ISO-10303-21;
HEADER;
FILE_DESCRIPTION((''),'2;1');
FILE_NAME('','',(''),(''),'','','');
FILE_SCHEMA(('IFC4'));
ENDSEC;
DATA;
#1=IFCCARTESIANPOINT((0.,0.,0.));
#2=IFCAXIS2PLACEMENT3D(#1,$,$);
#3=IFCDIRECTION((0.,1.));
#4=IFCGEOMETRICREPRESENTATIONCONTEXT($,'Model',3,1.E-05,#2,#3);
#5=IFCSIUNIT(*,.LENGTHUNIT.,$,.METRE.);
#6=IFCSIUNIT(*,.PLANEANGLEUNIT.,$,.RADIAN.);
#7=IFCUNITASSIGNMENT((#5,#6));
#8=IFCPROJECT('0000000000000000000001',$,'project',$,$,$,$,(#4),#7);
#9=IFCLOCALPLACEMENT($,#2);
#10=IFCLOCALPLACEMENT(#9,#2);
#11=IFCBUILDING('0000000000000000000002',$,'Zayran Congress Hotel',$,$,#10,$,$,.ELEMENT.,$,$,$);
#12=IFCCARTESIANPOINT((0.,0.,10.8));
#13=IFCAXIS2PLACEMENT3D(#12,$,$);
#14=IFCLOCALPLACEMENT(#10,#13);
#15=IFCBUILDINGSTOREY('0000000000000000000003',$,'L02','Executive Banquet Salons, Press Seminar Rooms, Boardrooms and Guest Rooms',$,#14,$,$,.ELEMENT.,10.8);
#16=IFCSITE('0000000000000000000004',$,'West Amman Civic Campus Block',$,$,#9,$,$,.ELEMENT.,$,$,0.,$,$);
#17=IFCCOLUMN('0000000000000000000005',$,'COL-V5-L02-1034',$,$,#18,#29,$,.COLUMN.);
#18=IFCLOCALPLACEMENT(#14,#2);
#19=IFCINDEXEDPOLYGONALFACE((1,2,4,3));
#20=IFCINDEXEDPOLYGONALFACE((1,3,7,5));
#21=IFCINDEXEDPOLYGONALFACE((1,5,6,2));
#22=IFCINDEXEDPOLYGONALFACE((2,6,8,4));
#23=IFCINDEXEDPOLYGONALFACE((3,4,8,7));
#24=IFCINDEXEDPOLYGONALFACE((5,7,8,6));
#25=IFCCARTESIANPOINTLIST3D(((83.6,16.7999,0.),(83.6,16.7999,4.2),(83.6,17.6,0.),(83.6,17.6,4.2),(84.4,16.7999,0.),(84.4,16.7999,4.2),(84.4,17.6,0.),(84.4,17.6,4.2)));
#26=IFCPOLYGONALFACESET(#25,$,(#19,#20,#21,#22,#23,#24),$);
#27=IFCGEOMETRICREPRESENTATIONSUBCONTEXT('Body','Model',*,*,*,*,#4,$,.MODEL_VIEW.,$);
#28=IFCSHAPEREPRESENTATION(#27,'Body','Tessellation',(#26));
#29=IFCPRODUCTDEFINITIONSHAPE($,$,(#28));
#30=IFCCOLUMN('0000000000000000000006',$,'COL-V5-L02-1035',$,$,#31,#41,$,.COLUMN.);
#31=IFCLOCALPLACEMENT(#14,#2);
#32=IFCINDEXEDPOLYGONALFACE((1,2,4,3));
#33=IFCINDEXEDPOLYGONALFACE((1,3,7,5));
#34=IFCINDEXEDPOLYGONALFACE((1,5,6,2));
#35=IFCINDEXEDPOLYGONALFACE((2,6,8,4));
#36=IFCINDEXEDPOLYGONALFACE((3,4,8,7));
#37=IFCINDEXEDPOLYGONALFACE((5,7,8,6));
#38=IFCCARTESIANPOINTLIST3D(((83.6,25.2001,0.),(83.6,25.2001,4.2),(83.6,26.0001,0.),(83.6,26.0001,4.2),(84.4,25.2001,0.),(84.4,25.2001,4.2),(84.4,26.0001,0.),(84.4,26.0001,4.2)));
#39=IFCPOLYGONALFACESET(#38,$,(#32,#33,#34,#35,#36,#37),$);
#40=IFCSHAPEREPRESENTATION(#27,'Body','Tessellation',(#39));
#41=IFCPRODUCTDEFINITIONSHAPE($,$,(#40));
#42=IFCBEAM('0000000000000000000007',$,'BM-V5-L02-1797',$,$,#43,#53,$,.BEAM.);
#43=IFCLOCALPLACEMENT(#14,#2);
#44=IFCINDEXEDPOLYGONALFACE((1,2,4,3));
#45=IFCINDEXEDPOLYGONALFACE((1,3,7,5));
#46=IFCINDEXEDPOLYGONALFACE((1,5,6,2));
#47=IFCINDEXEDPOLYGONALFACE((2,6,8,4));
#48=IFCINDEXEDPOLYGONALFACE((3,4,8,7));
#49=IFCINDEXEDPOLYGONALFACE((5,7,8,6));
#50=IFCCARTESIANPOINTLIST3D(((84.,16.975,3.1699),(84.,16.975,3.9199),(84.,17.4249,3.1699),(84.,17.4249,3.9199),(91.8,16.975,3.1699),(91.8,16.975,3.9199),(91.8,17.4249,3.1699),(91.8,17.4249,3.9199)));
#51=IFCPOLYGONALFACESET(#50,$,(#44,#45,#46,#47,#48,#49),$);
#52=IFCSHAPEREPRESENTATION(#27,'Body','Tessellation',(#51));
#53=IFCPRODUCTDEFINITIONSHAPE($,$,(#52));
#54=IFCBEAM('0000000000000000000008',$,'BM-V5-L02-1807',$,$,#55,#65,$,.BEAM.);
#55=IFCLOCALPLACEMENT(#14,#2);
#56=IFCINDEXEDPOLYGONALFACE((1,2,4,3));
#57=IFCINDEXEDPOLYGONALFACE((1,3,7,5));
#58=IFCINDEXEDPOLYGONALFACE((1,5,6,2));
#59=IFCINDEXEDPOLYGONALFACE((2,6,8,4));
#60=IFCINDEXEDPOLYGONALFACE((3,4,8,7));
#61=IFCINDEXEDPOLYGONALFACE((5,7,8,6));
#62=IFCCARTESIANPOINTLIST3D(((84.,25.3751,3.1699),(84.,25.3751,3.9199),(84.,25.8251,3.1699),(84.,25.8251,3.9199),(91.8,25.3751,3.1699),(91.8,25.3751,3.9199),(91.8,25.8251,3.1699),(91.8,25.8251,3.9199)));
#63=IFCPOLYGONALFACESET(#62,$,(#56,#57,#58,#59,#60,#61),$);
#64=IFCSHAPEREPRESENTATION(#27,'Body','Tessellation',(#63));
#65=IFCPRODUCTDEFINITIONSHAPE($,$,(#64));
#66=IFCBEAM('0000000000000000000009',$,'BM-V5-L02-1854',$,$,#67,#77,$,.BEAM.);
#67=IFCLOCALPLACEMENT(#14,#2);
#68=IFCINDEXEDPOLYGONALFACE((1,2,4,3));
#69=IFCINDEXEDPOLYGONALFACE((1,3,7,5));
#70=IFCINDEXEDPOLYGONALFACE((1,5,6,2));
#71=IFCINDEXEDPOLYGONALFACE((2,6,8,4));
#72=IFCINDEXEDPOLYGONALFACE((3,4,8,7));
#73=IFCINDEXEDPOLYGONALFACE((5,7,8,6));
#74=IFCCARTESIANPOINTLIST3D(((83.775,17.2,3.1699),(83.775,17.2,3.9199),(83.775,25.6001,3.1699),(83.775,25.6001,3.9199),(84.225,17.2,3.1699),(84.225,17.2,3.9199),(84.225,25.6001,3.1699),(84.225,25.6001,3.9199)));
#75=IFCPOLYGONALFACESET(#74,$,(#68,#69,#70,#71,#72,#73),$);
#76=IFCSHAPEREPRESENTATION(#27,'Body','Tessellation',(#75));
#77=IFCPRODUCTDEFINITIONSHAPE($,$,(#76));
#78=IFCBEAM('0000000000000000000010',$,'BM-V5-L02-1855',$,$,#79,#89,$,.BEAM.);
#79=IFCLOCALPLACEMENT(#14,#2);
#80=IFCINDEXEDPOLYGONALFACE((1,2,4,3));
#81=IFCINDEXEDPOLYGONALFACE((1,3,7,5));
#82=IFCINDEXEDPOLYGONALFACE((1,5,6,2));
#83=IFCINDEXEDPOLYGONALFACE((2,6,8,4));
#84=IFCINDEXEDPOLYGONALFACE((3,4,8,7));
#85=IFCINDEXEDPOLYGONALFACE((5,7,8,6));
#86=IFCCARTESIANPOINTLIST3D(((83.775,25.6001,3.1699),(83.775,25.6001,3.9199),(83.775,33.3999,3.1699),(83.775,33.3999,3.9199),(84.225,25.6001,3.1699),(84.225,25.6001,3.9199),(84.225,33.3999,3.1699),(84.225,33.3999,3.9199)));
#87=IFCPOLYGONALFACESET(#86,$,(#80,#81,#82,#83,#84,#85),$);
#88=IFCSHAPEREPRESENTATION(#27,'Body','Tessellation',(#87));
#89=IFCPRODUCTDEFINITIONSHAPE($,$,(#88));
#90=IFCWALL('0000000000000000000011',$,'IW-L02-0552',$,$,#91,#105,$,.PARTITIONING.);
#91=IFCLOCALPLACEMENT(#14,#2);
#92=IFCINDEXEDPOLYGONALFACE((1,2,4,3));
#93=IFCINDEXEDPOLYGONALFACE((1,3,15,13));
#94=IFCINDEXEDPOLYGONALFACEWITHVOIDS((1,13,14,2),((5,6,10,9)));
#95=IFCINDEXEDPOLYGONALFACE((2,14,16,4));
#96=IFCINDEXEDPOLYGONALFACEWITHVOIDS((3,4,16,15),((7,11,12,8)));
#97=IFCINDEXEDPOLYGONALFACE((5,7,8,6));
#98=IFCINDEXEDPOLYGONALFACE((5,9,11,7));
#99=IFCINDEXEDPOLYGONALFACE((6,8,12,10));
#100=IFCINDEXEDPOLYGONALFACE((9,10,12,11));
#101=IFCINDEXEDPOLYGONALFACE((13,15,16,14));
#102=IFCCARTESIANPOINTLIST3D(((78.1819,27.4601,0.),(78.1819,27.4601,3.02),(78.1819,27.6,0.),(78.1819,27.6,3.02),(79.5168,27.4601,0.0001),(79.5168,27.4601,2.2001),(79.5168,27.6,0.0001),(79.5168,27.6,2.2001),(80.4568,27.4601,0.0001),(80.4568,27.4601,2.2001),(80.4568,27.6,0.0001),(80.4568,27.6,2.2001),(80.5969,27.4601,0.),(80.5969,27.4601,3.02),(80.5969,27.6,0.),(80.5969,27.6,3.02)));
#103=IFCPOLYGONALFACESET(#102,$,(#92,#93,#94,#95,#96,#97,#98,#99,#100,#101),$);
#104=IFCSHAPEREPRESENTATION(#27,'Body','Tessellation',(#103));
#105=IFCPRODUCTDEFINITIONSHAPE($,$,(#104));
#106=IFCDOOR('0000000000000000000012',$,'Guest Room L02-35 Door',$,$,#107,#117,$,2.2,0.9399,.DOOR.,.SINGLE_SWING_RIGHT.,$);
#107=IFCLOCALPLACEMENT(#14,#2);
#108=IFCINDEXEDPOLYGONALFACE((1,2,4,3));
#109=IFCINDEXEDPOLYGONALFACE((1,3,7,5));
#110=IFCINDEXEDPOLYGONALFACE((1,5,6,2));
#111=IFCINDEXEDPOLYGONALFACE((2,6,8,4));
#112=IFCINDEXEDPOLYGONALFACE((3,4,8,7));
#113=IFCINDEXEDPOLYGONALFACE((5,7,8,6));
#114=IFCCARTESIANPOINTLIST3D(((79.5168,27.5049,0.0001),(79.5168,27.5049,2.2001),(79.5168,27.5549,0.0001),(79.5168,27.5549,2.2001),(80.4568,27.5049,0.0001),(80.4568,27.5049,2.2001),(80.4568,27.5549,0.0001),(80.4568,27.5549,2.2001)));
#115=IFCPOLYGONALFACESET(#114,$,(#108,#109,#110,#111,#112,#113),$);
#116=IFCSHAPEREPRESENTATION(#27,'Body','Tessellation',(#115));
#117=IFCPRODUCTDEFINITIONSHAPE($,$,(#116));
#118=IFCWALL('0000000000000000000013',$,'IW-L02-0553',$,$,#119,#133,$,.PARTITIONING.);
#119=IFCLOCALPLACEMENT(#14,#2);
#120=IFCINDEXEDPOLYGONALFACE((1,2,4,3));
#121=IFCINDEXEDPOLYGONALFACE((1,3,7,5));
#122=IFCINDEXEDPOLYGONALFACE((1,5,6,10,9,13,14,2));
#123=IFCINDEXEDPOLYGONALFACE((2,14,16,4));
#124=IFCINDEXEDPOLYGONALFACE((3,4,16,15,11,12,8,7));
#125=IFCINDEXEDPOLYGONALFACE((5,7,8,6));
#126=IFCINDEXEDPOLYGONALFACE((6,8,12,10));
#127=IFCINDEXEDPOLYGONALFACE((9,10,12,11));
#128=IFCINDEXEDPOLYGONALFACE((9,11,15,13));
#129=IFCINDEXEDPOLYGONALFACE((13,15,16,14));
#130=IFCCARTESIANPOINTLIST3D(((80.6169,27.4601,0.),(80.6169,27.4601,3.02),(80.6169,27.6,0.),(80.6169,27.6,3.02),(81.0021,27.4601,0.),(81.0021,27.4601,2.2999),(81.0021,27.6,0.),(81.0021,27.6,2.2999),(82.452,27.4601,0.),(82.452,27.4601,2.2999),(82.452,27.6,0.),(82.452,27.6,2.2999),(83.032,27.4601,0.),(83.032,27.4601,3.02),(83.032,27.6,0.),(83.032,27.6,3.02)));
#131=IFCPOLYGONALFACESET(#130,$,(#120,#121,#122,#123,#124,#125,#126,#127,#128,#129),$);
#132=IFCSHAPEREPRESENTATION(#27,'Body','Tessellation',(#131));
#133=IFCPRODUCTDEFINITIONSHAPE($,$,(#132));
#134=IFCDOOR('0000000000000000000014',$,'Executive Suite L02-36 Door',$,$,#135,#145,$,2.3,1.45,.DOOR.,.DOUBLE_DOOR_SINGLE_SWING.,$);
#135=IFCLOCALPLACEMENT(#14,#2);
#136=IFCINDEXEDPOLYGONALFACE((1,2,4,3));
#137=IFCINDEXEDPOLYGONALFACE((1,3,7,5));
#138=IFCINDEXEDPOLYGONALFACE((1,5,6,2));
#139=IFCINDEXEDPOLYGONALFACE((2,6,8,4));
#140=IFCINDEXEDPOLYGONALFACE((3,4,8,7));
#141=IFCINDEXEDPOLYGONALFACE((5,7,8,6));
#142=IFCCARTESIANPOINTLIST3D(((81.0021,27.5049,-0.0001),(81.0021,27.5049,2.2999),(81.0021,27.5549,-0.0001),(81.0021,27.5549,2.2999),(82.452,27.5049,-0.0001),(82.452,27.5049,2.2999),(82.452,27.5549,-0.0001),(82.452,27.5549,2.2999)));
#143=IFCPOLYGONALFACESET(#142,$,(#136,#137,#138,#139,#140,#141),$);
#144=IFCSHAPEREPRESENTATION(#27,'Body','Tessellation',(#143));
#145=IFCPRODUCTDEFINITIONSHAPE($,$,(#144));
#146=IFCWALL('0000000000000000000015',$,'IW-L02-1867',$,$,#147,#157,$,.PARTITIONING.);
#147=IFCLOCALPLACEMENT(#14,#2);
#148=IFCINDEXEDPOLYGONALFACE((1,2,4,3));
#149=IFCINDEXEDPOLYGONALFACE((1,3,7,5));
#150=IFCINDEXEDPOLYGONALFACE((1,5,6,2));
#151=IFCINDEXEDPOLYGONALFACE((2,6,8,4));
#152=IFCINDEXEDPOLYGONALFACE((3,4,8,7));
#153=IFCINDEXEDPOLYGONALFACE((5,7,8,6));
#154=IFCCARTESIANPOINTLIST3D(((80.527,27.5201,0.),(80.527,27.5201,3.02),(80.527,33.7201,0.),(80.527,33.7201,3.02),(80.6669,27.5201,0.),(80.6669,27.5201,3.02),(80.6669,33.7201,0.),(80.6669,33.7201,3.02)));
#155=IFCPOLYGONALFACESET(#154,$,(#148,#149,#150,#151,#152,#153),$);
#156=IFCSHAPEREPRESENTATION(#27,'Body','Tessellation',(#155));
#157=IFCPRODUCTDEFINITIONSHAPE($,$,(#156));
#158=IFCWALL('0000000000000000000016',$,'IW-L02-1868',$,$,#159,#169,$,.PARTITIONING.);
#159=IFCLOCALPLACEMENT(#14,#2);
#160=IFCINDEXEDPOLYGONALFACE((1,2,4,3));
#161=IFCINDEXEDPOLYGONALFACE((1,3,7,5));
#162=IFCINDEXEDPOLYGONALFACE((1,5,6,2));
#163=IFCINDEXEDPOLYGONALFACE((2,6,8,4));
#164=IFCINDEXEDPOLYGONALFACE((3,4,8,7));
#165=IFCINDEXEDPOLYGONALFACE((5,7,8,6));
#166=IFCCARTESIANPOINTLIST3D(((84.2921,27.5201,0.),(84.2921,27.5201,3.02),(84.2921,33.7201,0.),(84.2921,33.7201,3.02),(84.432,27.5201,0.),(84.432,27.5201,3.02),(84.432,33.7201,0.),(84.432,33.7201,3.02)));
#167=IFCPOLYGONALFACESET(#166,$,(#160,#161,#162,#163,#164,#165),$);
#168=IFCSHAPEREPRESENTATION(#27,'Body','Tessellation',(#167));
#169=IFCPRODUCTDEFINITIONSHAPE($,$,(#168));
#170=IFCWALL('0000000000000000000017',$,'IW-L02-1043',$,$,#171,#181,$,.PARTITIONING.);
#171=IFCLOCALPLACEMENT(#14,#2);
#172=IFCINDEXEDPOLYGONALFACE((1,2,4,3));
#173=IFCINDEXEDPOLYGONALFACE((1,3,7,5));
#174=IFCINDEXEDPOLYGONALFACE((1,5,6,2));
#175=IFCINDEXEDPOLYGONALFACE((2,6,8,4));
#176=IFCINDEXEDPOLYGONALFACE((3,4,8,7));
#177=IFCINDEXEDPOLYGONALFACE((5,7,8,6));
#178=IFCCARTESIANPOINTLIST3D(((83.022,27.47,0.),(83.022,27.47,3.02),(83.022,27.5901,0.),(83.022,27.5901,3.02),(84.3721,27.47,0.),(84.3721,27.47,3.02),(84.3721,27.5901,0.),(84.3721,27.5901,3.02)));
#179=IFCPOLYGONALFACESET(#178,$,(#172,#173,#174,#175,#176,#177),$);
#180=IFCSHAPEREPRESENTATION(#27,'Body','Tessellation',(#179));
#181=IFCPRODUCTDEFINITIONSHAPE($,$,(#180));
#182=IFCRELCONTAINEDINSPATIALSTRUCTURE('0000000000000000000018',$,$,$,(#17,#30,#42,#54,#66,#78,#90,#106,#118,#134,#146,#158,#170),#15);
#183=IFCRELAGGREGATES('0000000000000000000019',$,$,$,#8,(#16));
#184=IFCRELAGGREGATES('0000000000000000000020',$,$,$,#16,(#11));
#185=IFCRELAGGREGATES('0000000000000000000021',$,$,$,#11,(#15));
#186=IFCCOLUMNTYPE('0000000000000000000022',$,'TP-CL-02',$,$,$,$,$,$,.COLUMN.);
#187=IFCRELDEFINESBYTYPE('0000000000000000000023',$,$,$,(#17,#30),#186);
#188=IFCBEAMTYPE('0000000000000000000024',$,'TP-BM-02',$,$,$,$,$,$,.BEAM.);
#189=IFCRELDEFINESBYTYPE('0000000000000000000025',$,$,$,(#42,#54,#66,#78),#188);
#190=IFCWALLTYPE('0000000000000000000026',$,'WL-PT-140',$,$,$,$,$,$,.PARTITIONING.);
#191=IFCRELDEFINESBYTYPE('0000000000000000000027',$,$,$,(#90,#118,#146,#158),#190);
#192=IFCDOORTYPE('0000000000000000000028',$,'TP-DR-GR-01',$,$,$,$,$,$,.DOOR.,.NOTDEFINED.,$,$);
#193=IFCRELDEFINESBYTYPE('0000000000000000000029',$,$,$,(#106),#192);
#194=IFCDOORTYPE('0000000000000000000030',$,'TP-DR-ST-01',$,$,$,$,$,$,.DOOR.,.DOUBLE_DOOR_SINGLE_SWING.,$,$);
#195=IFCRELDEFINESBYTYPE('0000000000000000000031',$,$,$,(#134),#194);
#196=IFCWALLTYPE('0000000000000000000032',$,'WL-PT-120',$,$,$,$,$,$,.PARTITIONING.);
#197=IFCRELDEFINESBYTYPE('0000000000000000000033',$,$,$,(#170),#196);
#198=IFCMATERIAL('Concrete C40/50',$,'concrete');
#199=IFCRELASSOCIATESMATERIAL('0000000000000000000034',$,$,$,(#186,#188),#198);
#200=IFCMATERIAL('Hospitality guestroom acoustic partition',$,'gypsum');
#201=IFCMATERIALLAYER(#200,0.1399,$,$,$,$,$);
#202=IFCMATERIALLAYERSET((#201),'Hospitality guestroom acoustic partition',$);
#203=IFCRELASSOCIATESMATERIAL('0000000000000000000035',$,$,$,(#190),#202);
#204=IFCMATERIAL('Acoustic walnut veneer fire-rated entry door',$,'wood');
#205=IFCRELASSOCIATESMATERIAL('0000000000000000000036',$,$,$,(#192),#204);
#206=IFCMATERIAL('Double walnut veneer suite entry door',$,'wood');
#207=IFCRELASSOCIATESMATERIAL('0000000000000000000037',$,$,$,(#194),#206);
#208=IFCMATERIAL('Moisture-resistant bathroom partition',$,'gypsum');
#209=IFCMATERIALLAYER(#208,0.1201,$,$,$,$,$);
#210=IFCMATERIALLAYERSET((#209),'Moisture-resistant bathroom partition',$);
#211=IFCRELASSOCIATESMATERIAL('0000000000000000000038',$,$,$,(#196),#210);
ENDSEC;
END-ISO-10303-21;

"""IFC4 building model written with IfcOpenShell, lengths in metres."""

from ifc_helpers import new_model, si_unit, direction, frame, frame_2d, origin, origin_2d, place, context, subcontext, project, spatial, rectangle, extrude, material, layer, layer_set, material_profile, profile_set, type_object, element, fill, save


model = new_model("IFC4")

# Units and contexts
model_context = context("Model", 3, precision=1e-05, world=origin(), true_north=direction((0.0, 1.0)))
body_context = subcontext(model_context, "Body", "Model", "MODEL_VIEW")
ifc_project = project(units=[si_unit("LENGTHUNIT", "METRE"), si_unit("PLANEANGLEUNIT", "RADIAN")], contexts=[model_context])

# Site, building, storey
site_placement = place(None, origin())
site = spatial("IfcSite", under=ifc_project, at=site_placement, Name="West Amman Civic Campus Block", CompositionType="ELEMENT", RefElevation=0.0)
building_placement = place(site_placement, origin())
building = spatial("IfcBuilding", under=site, at=building_placement, Name="Zayran Congress Hotel", CompositionType="ELEMENT")
storey_placement = place(building_placement, frame((0.0, 0.0, 10.8)))
storey = spatial("IfcBuildingStorey", under=building, at=storey_placement, Name="L02", Description="Executive Banquet Salons, Press Seminar Rooms, Boardrooms and Guest Rooms", CompositionType="ELEMENT", Elevation=10.8)

# Columns
ifc_material_1 = material(Name="Concrete C40/50", Category="concrete")
ifc_material_profile_1 = material_profile(ifc_material_1, rectangle(XDim=0.8, YDim=0.8, at=origin_2d()), Name="RC 800x800")
ifc_profile_set_1 = profile_set([ifc_material_profile_1], Name="Concrete C40/50")
column_type = type_object("IfcColumnType", Name="TP-CL-02", PredefinedType="COLUMN", material=ifc_profile_set_1)
for number, where, z_axis, x_axis, name in (
    (1, (84.0, 17.2, 0.0), (0.0, 0.0, 1.0), (1.0, 0.0, 0.0), "COL-V5-L02-1034"),
    (2, (84.0, 25.6001, 0.0), (0.0, 0.0, 1.0), (1.0, 0.0, 0.0), "COL-V5-L02-1035"),
):
    element("IfcColumn", number, at=place(storey_placement, frame(where, z_axis=z_axis, x_axis=x_axis)), inside=storey, type_object=column_type, Name=name, PredefinedType="COLUMN", context=body_context, shape_type="SweptSolid", body=[
        extrude(rectangle(XDim=0.8, YDim=0.8, at=origin_2d()), origin(), (0.0, 0.0, 1.0), 4.2),
    ])

# Beams
ifc_material_profile_2 = material_profile(ifc_material_1, rectangle(XDim=0.45, YDim=0.75, at=origin_2d()), Name="RC 450x750")
ifc_profile_set_2 = profile_set([ifc_material_profile_2], Name="Concrete C40/50")
beam_type = type_object("IfcBeamType", Name="TP-BM-02", PredefinedType="BEAM", material=ifc_profile_set_2)
for number, where, z_axis, x_axis, name in (
    (3, (84.0, 17.2, 3.5449), (1.0, 0.0, 0.0), (0.0, 1.0, 0.0), "BM-V5-L02-1797"),
    (4, (84.0, 25.6001, 3.5449), (1.0, 0.0, 0.0), (0.0, 1.0, 0.0), "BM-V5-L02-1807"),
):
    element("IfcBeam", number, at=place(storey_placement, frame(where, z_axis=z_axis, x_axis=x_axis)), inside=storey, type_object=beam_type, Name=name, PredefinedType="BEAM", context=body_context, shape_type="SweptSolid", body=[
        extrude(rectangle(XDim=0.45, YDim=0.75, at=origin_2d()), origin(), (0.0, 0.0, 1.0), 7.8),
    ])
beam_1_placement = place(storey_placement, frame((84.0, 17.2, 3.5449), z_axis=(0.0, 1.0, 0.0), x_axis=(-1.0, 0.0, 0.0)))
element("IfcBeam", 5, at=beam_1_placement, inside=storey, type_object=beam_type, Name="BM-V5-L02-1854", PredefinedType="BEAM", context=body_context, shape_type="SweptSolid", body=[
    extrude(rectangle(XDim=0.45, YDim=0.75, at=origin_2d()), origin(), (0.0, 0.0, 1.0), 8.4001),
])
beam_2_placement = place(storey_placement, frame((84.0, 25.6001, 3.5449), z_axis=(0.0, 1.0, 0.0), x_axis=(-1.0, 0.0, 0.0)))
element("IfcBeam", 6, at=beam_2_placement, inside=storey, type_object=beam_type, Name="BM-V5-L02-1855", PredefinedType="BEAM", context=body_context, shape_type="SweptSolid", body=[
    extrude(rectangle(XDim=0.45, YDim=0.75, at=origin_2d()), origin(), (0.0, 0.0, 1.0), 7.7998),
])

# Walls, openings, doors
ifc_material_2 = material(Name="Hospitality guestroom acoustic partition", Category="gypsum")
ifc_layer_1 = layer(ifc_material_2, 0.1399)
ifc_layer_set_1 = layer_set([ifc_layer_1], Name="Hospitality guestroom acoustic partition")
wall_type_1 = type_object("IfcWallType", Name="WL-PT-140", PredefinedType="PARTITIONING", material=ifc_layer_set_1)
wall_1_placement = place(storey_placement, frame((78.1819, 27.53, 0.0), z_axis=(0.0, 0.0, 1.0), x_axis=(1.0, 0.0, 0.0)))
wall_1 = element("IfcWall", 7, at=wall_1_placement, inside=storey, type_object=wall_type_1, Name="IW-L02-0552", PredefinedType="PARTITIONING", context=body_context, shape_type="SweptSolid", body=[
    extrude(rectangle(XDim=2.415, YDim=0.1399, at=frame_2d((1.2075, 0.0))), origin(), (0.0, 0.0, 1.0), 3.02),
])
opening_1_placement = place(wall_1_placement, frame((1.335, 0.0, 0.0)))
opening_1 = element("IfcOpeningElement", 8, at=opening_1_placement, cuts=wall_1, PredefinedType="OPENING", context=body_context, shape_type="SweptSolid", body=[
    extrude(rectangle(XDim=0.9399, YDim=2.2, at=frame_2d((0.47, 1.1001))), frame((0.0, 0.0798, 0.0), z_axis=(0.0, -1.0, 0.0), x_axis=(1.0, 0.0, 0.0)), (0.0, 0.0, 1.0), 0.1599),
])
ifc_material_3 = material(Name="Acoustic walnut veneer fire-rated entry door", Category="wood")
door_type_1 = type_object("IfcDoorType", Name="TP-DR-GR-01", OperationType="NOTDEFINED", PredefinedType="DOOR", material=ifc_material_3)
door_1_placement = place(opening_1_placement, origin())
door_1 = element("IfcDoor", 9, at=door_1_placement, inside=storey, type_object=door_type_1, Name="Guest Room L02-35 Door", OperationType="SINGLE_SWING_RIGHT", OverallHeight=2.2, OverallWidth=0.9399, PredefinedType="DOOR", context=body_context, shape_type="SweptSolid", body=[
    extrude(rectangle(XDim=0.9399, YDim=2.2, at=frame_2d((0.47, 1.1001))), frame((0.0, 0.0249, 0.0), z_axis=(0.0, -1.0, 0.0), x_axis=(1.0, 0.0, 0.0)), (0.0, 0.0, 1.0), 0.05),
])
fill(opening_1, door_1)
wall_2_placement = place(storey_placement, frame((80.6169, 27.53, 0.0), z_axis=(0.0, 0.0, 1.0), x_axis=(1.0, 0.0, 0.0)))
wall_2 = element("IfcWall", 10, at=wall_2_placement, inside=storey, type_object=wall_type_1, Name="IW-L02-0553", PredefinedType="PARTITIONING", context=body_context, shape_type="SweptSolid", body=[
    extrude(rectangle(XDim=2.415, YDim=0.1399, at=frame_2d((1.2075, 0.0))), origin(), (0.0, 0.0, 1.0), 3.02),
])
opening_2_placement = place(wall_2_placement, frame((0.385, 0.0, 0.0)))
opening_2 = element("IfcOpeningElement", 11, at=opening_2_placement, cuts=wall_2, PredefinedType="OPENING", context=body_context, shape_type="SweptSolid", body=[
    extrude(rectangle(XDim=1.45, YDim=2.3, at=frame_2d((0.7251, 1.1499))), frame((0.0, 0.0798, 0.0), z_axis=(0.0, -1.0, 0.0), x_axis=(1.0, 0.0, 0.0)), (0.0, 0.0, 1.0), 0.1599),
])
ifc_material_4 = material(Name="Double walnut veneer suite entry door", Category="wood")
door_type_2 = type_object("IfcDoorType", Name="TP-DR-ST-01", OperationType="DOUBLE_DOOR_SINGLE_SWING", PredefinedType="DOOR", material=ifc_material_4)
door_2_placement = place(opening_2_placement, origin())
door_2 = element("IfcDoor", 12, at=door_2_placement, inside=storey, type_object=door_type_2, Name="Executive Suite L02-36 Door", OperationType="DOUBLE_DOOR_SINGLE_SWING", OverallHeight=2.3, OverallWidth=1.45, PredefinedType="DOOR", context=body_context, shape_type="SweptSolid", body=[
    extrude(rectangle(XDim=1.45, YDim=2.3, at=frame_2d((0.7251, 1.1499))), frame((0.0, 0.0249, 0.0), z_axis=(0.0, -1.0, 0.0), x_axis=(1.0, 0.0, 0.0)), (0.0, 0.0, 1.0), 0.05),
])
fill(opening_2, door_2)

# Walls
for number, where, z_axis, x_axis, name in (
    (13, (80.5969, 27.52, 0.0), (0.0, 0.0, 1.0), (0.0, 1.0, 0.0), "IW-L02-1867"),
    (14, (84.3621, 27.52, 0.0), (0.0, 0.0, 1.0), (0.0, 1.0, 0.0), "IW-L02-1868"),
):
    element("IfcWall", number, at=place(storey_placement, frame(where, z_axis=z_axis, x_axis=x_axis)), inside=storey, type_object=wall_type_1, Name=name, PredefinedType="PARTITIONING", context=body_context, shape_type="SweptSolid", body=[
        extrude(rectangle(XDim=6.2, YDim=0.1399, at=frame_2d((3.1001, 0.0))), origin(), (0.0, 0.0, 1.0), 3.02),
    ])

# Shared definitions
ifc_material_5 = material(Name="Moisture-resistant bathroom partition", Category="gypsum")
ifc_layer_2 = layer(ifc_material_5, 0.1201)
ifc_layer_set_2 = layer_set([ifc_layer_2], Name="Moisture-resistant bathroom partition")
wall_type_2 = type_object("IfcWallType", Name="WL-PT-120", PredefinedType="PARTITIONING", material=ifc_layer_set_2)

# Wall
wall_3_placement = place(storey_placement, frame((83.022, 27.53, 0.0), z_axis=(0.0, 0.0, 1.0), x_axis=(1.0, 0.0, 0.0)))
element("IfcWall", 15, at=wall_3_placement, inside=storey, type_object=wall_type_2, Name="IW-L02-1043", PredefinedType="PARTITIONING", context=body_context, shape_type="SweptSolid", body=[
    extrude(rectangle(XDim=1.3501, YDim=0.1201, at=frame_2d((0.675, 0.0))), origin(), (0.0, 0.0, 1.0), 3.02),
])

save(model, "model.ifc")
